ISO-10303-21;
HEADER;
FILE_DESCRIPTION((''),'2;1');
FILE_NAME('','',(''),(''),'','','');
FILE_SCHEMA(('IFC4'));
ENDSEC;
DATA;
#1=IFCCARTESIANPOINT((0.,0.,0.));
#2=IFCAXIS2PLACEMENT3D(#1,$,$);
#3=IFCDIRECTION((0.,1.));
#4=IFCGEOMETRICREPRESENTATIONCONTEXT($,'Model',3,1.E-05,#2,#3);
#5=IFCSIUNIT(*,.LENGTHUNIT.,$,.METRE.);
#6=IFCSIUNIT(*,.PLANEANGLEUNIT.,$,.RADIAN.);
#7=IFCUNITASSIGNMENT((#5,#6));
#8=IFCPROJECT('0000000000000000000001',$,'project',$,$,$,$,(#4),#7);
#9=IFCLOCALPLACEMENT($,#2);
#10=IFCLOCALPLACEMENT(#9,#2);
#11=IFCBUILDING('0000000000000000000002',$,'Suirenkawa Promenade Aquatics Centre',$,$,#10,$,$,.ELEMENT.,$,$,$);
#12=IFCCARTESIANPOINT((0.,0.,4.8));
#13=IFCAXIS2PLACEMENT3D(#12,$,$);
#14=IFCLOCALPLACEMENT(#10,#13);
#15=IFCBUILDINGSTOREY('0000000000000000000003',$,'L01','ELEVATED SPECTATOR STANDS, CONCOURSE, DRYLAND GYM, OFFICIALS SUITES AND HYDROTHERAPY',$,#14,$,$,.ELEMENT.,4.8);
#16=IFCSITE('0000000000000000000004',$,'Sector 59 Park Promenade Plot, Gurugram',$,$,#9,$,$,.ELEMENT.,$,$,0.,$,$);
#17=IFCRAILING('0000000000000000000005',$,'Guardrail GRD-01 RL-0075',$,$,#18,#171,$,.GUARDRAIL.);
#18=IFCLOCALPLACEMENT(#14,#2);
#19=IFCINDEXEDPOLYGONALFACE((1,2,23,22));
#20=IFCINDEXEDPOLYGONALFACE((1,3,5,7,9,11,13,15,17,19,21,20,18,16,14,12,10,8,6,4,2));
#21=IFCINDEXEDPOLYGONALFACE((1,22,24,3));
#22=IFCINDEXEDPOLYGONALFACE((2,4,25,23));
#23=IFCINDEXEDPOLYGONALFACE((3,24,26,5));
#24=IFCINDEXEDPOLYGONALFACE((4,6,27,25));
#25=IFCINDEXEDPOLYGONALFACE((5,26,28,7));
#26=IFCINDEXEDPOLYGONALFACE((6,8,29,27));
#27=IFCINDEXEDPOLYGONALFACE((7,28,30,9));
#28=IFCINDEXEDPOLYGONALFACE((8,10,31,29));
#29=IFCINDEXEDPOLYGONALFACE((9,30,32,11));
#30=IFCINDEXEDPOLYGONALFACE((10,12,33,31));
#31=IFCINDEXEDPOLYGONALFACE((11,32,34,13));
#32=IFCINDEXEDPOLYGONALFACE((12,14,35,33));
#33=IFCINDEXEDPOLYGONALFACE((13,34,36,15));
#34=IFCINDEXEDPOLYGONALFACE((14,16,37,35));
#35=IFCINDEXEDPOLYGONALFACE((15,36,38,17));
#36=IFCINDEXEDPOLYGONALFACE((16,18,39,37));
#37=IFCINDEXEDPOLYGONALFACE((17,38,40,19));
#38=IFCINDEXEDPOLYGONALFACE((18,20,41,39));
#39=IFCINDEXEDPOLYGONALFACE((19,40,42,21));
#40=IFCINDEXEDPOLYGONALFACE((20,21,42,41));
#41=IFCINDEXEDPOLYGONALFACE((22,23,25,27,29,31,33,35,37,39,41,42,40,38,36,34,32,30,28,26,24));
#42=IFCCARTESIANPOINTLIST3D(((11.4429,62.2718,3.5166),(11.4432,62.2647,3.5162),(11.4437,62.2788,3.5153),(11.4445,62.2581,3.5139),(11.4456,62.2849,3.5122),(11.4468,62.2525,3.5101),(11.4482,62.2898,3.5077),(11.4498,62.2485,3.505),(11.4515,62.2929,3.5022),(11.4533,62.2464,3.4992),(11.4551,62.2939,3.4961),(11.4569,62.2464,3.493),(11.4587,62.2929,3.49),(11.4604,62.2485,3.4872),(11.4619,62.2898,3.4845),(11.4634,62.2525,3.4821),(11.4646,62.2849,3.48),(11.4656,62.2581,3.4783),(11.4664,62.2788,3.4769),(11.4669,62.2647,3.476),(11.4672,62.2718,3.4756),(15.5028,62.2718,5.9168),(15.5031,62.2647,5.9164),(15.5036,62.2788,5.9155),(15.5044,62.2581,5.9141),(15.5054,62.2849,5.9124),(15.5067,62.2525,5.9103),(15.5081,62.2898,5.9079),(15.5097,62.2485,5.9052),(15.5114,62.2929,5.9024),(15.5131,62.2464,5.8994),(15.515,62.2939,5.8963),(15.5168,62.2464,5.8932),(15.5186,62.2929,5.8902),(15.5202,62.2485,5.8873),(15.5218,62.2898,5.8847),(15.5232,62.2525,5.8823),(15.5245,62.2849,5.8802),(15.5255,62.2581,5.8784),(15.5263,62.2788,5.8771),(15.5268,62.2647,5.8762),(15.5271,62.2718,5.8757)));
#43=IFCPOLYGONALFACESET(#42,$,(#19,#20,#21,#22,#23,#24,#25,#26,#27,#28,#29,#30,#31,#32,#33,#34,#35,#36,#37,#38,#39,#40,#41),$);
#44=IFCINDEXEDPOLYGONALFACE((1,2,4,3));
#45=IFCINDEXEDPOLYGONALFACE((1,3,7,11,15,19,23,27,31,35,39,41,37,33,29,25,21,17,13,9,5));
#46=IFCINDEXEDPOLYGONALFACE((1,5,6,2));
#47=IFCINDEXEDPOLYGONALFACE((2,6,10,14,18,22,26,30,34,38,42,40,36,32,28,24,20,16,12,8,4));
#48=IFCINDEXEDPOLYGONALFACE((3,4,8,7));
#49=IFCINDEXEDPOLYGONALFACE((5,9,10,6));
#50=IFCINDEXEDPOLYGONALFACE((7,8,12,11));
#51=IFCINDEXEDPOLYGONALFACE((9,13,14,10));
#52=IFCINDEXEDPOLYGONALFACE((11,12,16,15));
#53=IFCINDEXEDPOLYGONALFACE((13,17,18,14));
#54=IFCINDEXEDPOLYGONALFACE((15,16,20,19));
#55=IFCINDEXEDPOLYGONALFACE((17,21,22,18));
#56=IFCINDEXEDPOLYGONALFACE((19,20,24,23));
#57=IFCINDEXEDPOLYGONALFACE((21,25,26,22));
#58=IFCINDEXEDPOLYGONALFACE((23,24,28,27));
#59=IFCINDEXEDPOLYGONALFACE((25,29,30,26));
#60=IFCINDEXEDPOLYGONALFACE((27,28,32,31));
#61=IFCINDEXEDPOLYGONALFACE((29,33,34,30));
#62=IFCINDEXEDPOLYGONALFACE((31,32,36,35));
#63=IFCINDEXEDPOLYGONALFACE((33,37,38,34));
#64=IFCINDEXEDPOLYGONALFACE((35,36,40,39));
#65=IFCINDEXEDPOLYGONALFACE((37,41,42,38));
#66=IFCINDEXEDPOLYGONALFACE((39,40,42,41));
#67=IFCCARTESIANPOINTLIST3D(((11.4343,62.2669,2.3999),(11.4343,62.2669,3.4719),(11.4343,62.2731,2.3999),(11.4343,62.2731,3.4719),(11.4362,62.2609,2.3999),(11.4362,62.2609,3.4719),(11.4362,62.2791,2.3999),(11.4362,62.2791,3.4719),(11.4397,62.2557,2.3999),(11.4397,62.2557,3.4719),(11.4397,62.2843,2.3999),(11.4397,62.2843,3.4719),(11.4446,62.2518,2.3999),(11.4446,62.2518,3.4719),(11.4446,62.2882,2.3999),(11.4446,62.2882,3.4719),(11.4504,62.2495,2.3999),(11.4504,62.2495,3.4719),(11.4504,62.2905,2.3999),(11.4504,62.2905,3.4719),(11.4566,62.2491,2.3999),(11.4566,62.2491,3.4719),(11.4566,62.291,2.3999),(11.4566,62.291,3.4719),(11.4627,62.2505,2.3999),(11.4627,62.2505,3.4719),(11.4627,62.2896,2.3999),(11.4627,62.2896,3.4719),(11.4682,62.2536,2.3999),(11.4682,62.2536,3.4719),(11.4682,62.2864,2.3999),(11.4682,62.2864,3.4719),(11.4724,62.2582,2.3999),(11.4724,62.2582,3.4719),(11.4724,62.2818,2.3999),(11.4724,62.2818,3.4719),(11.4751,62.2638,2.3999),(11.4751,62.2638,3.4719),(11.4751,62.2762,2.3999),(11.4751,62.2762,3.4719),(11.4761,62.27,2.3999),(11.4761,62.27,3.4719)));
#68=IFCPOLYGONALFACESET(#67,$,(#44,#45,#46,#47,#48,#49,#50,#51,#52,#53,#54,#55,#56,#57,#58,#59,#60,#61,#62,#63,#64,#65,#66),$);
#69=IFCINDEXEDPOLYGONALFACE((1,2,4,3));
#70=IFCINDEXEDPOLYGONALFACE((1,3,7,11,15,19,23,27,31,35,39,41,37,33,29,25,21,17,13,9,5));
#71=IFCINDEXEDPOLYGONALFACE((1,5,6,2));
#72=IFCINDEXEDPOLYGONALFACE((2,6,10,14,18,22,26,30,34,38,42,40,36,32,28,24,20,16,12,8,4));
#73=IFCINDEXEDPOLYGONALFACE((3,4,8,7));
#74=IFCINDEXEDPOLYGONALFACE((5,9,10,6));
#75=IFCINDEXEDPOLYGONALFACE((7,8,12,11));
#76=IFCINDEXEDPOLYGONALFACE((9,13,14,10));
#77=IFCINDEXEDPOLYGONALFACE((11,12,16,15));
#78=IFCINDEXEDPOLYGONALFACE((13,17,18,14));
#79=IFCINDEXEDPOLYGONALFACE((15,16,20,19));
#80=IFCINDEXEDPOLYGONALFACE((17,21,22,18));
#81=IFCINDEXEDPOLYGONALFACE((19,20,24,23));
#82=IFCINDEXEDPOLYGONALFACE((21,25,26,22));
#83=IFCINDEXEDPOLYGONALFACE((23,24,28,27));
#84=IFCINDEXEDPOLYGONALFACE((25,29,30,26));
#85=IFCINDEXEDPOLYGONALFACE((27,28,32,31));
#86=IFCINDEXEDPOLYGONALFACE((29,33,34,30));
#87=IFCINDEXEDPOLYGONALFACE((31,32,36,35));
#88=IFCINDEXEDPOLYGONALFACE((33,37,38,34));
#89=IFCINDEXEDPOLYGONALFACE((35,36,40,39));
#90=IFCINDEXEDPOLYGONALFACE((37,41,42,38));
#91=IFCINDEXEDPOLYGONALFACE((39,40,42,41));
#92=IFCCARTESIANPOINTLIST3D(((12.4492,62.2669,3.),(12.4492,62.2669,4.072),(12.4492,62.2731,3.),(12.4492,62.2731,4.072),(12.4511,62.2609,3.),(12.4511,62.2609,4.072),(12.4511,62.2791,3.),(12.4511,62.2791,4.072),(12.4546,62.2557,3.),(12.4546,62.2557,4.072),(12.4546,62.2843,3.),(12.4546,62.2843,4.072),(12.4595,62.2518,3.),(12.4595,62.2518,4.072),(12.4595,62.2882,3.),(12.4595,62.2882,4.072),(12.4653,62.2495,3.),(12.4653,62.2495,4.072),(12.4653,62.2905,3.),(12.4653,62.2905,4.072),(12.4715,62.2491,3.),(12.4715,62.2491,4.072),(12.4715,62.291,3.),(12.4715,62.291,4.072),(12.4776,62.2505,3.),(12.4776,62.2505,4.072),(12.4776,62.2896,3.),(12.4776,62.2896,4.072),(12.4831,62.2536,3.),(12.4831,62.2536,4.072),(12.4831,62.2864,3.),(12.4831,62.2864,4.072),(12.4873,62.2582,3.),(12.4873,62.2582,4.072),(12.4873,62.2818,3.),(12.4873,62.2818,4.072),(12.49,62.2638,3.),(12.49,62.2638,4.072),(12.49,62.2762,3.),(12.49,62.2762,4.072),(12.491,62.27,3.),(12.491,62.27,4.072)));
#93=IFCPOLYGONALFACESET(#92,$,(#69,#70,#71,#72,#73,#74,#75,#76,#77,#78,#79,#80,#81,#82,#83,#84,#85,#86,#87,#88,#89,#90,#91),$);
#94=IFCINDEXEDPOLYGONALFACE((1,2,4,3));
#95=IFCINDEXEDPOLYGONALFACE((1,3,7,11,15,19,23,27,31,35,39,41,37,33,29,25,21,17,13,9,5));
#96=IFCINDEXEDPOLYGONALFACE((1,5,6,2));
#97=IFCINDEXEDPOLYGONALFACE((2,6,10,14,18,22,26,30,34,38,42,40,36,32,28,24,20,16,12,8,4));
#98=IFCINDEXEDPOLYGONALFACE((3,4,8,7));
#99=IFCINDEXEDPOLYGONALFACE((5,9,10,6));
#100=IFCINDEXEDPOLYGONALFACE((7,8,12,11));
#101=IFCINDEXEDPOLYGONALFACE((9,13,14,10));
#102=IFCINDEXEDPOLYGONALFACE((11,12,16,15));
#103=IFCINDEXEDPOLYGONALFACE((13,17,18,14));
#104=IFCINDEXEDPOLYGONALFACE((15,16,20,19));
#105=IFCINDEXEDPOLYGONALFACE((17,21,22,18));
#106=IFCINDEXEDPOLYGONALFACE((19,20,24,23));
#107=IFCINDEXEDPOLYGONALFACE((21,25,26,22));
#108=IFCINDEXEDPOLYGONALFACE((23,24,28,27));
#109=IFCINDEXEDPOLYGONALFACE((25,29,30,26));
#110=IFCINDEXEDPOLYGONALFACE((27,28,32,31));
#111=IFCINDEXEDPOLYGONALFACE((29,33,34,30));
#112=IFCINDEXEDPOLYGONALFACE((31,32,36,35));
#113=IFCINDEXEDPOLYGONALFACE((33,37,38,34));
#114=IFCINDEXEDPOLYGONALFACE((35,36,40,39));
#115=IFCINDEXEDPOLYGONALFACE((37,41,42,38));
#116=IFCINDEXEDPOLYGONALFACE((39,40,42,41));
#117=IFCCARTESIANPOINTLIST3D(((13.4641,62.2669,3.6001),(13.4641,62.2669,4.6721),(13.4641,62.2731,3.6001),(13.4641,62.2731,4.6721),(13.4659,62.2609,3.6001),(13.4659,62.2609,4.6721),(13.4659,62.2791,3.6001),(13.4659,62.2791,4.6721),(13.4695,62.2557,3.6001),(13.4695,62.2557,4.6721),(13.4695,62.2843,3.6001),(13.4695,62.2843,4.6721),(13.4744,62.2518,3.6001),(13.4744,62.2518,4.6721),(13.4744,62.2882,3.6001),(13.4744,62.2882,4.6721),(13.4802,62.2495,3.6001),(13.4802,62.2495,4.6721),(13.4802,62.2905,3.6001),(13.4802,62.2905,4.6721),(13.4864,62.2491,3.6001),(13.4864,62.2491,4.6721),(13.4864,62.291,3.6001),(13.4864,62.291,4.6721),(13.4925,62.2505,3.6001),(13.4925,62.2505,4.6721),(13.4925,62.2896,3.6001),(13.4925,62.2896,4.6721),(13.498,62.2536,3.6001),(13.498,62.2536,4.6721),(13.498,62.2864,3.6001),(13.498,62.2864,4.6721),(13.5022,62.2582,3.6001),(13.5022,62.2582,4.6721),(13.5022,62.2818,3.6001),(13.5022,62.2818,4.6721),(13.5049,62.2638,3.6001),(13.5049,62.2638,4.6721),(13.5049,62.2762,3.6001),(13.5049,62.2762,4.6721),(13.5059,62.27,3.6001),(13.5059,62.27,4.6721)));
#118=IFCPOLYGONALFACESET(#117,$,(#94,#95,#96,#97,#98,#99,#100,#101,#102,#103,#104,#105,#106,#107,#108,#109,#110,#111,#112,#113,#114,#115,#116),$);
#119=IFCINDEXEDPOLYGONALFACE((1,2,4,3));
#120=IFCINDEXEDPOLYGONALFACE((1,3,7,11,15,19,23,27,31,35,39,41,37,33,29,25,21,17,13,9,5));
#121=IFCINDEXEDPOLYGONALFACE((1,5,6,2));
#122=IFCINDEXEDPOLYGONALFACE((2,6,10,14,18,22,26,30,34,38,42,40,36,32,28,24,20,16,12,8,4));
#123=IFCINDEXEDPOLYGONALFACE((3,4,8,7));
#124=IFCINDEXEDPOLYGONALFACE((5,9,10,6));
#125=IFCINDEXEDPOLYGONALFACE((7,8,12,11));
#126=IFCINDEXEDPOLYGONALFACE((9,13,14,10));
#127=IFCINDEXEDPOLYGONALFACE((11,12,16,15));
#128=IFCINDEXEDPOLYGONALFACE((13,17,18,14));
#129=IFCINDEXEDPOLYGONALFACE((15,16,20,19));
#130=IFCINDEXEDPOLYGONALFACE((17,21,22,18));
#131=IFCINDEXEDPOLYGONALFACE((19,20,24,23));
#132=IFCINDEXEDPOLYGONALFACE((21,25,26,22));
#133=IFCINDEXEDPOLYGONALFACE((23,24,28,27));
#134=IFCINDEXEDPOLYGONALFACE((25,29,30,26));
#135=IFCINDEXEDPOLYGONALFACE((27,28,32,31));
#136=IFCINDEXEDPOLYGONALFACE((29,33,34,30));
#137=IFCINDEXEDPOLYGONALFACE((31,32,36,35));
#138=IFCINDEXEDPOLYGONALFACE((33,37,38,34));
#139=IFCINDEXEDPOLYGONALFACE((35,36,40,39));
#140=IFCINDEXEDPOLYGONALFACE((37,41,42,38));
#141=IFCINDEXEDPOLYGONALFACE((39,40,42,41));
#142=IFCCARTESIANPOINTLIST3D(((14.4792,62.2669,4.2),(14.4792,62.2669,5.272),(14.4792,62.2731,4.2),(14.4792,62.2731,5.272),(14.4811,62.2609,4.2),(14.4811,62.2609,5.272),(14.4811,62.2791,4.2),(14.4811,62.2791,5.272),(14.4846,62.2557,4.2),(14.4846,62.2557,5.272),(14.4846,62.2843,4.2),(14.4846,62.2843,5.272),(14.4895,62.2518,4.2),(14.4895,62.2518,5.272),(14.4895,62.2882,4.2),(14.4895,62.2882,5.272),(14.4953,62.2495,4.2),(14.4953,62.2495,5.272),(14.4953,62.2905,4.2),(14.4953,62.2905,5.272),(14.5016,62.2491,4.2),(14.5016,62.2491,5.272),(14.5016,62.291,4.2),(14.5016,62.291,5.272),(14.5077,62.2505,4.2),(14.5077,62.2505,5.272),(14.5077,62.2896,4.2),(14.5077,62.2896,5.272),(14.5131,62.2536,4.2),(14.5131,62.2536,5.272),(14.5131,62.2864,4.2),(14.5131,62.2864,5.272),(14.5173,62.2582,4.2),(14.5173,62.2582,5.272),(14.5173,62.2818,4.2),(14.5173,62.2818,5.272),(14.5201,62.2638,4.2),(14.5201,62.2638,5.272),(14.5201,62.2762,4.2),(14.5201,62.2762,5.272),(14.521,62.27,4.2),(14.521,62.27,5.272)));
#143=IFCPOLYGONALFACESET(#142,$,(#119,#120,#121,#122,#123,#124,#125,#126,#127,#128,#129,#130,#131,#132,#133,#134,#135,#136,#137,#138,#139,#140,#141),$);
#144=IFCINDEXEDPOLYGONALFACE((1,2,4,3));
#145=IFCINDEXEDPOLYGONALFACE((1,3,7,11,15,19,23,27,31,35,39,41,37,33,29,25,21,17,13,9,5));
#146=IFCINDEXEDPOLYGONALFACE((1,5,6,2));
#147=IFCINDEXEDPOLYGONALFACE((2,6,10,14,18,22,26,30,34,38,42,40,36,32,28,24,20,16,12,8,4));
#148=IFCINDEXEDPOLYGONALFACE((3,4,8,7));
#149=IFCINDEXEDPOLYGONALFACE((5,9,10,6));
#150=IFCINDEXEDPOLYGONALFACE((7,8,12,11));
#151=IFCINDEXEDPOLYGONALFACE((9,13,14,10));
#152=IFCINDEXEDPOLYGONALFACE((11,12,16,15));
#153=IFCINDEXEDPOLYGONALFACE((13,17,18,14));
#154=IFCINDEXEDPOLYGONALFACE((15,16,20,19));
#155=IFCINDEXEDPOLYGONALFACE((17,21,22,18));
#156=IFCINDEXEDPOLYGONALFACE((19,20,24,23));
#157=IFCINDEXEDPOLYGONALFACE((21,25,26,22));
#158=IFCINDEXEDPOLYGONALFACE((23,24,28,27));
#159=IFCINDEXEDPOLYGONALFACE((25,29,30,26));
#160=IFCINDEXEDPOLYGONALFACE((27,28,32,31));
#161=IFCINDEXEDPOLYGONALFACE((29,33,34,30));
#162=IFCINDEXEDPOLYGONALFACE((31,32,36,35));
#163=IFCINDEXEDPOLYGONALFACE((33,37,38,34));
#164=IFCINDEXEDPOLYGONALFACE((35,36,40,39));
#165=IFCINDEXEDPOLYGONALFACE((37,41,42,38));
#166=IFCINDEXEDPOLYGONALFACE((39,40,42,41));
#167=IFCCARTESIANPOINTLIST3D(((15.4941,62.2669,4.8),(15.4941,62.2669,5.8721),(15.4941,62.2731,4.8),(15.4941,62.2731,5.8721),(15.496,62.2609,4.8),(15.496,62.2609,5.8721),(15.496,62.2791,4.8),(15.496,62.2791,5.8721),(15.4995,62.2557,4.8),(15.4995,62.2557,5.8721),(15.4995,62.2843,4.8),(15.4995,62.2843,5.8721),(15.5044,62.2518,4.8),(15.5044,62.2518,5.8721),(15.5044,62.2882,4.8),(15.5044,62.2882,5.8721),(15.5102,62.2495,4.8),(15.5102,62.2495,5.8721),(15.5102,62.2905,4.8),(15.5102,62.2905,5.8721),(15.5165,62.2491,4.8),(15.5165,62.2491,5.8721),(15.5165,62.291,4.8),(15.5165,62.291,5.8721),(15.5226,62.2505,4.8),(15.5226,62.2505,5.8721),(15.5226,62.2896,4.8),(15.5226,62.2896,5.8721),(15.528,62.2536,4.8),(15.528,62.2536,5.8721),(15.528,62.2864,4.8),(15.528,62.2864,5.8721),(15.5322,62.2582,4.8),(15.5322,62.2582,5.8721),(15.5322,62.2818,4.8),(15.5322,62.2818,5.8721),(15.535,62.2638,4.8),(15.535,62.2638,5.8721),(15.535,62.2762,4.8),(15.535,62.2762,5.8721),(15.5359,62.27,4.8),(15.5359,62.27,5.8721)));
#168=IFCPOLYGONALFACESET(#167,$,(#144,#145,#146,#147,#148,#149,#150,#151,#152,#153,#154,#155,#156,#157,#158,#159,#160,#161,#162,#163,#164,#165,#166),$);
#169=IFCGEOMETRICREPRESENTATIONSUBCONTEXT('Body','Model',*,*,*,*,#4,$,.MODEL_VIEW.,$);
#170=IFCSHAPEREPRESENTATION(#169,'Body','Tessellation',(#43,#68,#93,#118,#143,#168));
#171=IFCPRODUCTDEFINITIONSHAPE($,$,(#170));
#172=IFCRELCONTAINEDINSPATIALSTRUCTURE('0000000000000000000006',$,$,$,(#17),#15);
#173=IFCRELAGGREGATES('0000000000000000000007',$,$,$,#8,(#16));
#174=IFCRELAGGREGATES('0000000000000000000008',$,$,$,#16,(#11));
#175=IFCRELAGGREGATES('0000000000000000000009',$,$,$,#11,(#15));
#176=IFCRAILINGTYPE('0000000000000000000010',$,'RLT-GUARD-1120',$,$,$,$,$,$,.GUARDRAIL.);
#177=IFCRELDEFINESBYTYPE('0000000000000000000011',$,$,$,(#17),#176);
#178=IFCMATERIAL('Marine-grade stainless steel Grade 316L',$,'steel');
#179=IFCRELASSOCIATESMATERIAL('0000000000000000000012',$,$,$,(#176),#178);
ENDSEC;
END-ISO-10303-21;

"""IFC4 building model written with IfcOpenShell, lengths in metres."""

from ifc_helpers import new_model, si_unit, direction, frame, origin, origin_2d, place, context, subcontext, project, spatial, circle, extrude, material, type_object, element, save


model = new_model("IFC4")

# Units and contexts
model_context = context("Model", 3, precision=1e-05, world=origin(), true_north=direction((0.0, 1.0)))
body_context = subcontext(model_context, "Body", "Model", "MODEL_VIEW")
ifc_project = project(units=[si_unit("LENGTHUNIT", "METRE"), si_unit("PLANEANGLEUNIT", "RADIAN")], contexts=[model_context])

# Site, building, storey
site_placement = place(None, origin())
site = spatial("IfcSite", under=ifc_project, at=site_placement, Name="Sector 59 Park Promenade Plot, Gurugram", CompositionType="ELEMENT", RefElevation=0.0)
building_placement = place(site_placement, origin())
building = spatial("IfcBuilding", under=site, at=building_placement, Name="Suirenkawa Promenade Aquatics Centre", CompositionType="ELEMENT")
storey_placement = place(building_placement, frame((0.0, 0.0, 4.8)))
storey = spatial("IfcBuildingStorey", under=building, at=storey_placement, Name="L01", Description="ELEVATED SPECTATOR STANDS, CONCOURSE, DRYLAND GYM, OFFICIALS SUITES AND HYDROTHERAPY", CompositionType="ELEMENT", Elevation=4.8)

# Shared definitions
ifc_material_1 = material(Name="Marine-grade stainless steel Grade 316L", Category="steel")

# Railing
railing_type_1 = type_object("IfcRailingType", Name="RLT-GUARD-1120", PredefinedType="GUARDRAIL", material=ifc_material_1)
railing_1_placement = place(storey_placement, frame((11.4551, 62.27, 2.3999)))
element("IfcRailing", 1, at=railing_1_placement, inside=storey, type_object=railing_type_1, Name="Guardrail GRD-01 RL-0075", PredefinedType="GUARDRAIL", context=body_context, shape_type="SweptSolid", body=[
    extrude(circle(Radius=0.0239, at=origin_2d()), frame((0.0, 0.0, 1.0962), z_axis=(0.860818, 0.0, 0.508912), x_axis=(0.0, 1.0, 0.0)), (0.0, 0.0, 1.0), 4.7163),
    extrude(circle(Radius=0.021, at=origin_2d()), origin(), (0.0, 0.0, 1.0), 1.072),
    extrude(circle(Radius=0.021, at=origin_2d()), frame((1.0149, 0.0, 0.6001)), (0.0, 0.0, 1.0), 1.072),
    extrude(circle(Radius=0.021, at=origin_2d()), frame((2.0298, 0.0, 1.2002)), (0.0, 0.0, 1.0), 1.072),
    extrude(circle(Radius=0.021, at=origin_2d()), frame((3.0449, 0.0, 1.8)), (0.0, 0.0, 1.0), 1.072),
    extrude(circle(Radius=0.021, at=origin_2d()), frame((4.0598, 0.0, 2.4001)), (0.0, 0.0, 1.0), 1.072),
])

save(model, "model.ifc")
